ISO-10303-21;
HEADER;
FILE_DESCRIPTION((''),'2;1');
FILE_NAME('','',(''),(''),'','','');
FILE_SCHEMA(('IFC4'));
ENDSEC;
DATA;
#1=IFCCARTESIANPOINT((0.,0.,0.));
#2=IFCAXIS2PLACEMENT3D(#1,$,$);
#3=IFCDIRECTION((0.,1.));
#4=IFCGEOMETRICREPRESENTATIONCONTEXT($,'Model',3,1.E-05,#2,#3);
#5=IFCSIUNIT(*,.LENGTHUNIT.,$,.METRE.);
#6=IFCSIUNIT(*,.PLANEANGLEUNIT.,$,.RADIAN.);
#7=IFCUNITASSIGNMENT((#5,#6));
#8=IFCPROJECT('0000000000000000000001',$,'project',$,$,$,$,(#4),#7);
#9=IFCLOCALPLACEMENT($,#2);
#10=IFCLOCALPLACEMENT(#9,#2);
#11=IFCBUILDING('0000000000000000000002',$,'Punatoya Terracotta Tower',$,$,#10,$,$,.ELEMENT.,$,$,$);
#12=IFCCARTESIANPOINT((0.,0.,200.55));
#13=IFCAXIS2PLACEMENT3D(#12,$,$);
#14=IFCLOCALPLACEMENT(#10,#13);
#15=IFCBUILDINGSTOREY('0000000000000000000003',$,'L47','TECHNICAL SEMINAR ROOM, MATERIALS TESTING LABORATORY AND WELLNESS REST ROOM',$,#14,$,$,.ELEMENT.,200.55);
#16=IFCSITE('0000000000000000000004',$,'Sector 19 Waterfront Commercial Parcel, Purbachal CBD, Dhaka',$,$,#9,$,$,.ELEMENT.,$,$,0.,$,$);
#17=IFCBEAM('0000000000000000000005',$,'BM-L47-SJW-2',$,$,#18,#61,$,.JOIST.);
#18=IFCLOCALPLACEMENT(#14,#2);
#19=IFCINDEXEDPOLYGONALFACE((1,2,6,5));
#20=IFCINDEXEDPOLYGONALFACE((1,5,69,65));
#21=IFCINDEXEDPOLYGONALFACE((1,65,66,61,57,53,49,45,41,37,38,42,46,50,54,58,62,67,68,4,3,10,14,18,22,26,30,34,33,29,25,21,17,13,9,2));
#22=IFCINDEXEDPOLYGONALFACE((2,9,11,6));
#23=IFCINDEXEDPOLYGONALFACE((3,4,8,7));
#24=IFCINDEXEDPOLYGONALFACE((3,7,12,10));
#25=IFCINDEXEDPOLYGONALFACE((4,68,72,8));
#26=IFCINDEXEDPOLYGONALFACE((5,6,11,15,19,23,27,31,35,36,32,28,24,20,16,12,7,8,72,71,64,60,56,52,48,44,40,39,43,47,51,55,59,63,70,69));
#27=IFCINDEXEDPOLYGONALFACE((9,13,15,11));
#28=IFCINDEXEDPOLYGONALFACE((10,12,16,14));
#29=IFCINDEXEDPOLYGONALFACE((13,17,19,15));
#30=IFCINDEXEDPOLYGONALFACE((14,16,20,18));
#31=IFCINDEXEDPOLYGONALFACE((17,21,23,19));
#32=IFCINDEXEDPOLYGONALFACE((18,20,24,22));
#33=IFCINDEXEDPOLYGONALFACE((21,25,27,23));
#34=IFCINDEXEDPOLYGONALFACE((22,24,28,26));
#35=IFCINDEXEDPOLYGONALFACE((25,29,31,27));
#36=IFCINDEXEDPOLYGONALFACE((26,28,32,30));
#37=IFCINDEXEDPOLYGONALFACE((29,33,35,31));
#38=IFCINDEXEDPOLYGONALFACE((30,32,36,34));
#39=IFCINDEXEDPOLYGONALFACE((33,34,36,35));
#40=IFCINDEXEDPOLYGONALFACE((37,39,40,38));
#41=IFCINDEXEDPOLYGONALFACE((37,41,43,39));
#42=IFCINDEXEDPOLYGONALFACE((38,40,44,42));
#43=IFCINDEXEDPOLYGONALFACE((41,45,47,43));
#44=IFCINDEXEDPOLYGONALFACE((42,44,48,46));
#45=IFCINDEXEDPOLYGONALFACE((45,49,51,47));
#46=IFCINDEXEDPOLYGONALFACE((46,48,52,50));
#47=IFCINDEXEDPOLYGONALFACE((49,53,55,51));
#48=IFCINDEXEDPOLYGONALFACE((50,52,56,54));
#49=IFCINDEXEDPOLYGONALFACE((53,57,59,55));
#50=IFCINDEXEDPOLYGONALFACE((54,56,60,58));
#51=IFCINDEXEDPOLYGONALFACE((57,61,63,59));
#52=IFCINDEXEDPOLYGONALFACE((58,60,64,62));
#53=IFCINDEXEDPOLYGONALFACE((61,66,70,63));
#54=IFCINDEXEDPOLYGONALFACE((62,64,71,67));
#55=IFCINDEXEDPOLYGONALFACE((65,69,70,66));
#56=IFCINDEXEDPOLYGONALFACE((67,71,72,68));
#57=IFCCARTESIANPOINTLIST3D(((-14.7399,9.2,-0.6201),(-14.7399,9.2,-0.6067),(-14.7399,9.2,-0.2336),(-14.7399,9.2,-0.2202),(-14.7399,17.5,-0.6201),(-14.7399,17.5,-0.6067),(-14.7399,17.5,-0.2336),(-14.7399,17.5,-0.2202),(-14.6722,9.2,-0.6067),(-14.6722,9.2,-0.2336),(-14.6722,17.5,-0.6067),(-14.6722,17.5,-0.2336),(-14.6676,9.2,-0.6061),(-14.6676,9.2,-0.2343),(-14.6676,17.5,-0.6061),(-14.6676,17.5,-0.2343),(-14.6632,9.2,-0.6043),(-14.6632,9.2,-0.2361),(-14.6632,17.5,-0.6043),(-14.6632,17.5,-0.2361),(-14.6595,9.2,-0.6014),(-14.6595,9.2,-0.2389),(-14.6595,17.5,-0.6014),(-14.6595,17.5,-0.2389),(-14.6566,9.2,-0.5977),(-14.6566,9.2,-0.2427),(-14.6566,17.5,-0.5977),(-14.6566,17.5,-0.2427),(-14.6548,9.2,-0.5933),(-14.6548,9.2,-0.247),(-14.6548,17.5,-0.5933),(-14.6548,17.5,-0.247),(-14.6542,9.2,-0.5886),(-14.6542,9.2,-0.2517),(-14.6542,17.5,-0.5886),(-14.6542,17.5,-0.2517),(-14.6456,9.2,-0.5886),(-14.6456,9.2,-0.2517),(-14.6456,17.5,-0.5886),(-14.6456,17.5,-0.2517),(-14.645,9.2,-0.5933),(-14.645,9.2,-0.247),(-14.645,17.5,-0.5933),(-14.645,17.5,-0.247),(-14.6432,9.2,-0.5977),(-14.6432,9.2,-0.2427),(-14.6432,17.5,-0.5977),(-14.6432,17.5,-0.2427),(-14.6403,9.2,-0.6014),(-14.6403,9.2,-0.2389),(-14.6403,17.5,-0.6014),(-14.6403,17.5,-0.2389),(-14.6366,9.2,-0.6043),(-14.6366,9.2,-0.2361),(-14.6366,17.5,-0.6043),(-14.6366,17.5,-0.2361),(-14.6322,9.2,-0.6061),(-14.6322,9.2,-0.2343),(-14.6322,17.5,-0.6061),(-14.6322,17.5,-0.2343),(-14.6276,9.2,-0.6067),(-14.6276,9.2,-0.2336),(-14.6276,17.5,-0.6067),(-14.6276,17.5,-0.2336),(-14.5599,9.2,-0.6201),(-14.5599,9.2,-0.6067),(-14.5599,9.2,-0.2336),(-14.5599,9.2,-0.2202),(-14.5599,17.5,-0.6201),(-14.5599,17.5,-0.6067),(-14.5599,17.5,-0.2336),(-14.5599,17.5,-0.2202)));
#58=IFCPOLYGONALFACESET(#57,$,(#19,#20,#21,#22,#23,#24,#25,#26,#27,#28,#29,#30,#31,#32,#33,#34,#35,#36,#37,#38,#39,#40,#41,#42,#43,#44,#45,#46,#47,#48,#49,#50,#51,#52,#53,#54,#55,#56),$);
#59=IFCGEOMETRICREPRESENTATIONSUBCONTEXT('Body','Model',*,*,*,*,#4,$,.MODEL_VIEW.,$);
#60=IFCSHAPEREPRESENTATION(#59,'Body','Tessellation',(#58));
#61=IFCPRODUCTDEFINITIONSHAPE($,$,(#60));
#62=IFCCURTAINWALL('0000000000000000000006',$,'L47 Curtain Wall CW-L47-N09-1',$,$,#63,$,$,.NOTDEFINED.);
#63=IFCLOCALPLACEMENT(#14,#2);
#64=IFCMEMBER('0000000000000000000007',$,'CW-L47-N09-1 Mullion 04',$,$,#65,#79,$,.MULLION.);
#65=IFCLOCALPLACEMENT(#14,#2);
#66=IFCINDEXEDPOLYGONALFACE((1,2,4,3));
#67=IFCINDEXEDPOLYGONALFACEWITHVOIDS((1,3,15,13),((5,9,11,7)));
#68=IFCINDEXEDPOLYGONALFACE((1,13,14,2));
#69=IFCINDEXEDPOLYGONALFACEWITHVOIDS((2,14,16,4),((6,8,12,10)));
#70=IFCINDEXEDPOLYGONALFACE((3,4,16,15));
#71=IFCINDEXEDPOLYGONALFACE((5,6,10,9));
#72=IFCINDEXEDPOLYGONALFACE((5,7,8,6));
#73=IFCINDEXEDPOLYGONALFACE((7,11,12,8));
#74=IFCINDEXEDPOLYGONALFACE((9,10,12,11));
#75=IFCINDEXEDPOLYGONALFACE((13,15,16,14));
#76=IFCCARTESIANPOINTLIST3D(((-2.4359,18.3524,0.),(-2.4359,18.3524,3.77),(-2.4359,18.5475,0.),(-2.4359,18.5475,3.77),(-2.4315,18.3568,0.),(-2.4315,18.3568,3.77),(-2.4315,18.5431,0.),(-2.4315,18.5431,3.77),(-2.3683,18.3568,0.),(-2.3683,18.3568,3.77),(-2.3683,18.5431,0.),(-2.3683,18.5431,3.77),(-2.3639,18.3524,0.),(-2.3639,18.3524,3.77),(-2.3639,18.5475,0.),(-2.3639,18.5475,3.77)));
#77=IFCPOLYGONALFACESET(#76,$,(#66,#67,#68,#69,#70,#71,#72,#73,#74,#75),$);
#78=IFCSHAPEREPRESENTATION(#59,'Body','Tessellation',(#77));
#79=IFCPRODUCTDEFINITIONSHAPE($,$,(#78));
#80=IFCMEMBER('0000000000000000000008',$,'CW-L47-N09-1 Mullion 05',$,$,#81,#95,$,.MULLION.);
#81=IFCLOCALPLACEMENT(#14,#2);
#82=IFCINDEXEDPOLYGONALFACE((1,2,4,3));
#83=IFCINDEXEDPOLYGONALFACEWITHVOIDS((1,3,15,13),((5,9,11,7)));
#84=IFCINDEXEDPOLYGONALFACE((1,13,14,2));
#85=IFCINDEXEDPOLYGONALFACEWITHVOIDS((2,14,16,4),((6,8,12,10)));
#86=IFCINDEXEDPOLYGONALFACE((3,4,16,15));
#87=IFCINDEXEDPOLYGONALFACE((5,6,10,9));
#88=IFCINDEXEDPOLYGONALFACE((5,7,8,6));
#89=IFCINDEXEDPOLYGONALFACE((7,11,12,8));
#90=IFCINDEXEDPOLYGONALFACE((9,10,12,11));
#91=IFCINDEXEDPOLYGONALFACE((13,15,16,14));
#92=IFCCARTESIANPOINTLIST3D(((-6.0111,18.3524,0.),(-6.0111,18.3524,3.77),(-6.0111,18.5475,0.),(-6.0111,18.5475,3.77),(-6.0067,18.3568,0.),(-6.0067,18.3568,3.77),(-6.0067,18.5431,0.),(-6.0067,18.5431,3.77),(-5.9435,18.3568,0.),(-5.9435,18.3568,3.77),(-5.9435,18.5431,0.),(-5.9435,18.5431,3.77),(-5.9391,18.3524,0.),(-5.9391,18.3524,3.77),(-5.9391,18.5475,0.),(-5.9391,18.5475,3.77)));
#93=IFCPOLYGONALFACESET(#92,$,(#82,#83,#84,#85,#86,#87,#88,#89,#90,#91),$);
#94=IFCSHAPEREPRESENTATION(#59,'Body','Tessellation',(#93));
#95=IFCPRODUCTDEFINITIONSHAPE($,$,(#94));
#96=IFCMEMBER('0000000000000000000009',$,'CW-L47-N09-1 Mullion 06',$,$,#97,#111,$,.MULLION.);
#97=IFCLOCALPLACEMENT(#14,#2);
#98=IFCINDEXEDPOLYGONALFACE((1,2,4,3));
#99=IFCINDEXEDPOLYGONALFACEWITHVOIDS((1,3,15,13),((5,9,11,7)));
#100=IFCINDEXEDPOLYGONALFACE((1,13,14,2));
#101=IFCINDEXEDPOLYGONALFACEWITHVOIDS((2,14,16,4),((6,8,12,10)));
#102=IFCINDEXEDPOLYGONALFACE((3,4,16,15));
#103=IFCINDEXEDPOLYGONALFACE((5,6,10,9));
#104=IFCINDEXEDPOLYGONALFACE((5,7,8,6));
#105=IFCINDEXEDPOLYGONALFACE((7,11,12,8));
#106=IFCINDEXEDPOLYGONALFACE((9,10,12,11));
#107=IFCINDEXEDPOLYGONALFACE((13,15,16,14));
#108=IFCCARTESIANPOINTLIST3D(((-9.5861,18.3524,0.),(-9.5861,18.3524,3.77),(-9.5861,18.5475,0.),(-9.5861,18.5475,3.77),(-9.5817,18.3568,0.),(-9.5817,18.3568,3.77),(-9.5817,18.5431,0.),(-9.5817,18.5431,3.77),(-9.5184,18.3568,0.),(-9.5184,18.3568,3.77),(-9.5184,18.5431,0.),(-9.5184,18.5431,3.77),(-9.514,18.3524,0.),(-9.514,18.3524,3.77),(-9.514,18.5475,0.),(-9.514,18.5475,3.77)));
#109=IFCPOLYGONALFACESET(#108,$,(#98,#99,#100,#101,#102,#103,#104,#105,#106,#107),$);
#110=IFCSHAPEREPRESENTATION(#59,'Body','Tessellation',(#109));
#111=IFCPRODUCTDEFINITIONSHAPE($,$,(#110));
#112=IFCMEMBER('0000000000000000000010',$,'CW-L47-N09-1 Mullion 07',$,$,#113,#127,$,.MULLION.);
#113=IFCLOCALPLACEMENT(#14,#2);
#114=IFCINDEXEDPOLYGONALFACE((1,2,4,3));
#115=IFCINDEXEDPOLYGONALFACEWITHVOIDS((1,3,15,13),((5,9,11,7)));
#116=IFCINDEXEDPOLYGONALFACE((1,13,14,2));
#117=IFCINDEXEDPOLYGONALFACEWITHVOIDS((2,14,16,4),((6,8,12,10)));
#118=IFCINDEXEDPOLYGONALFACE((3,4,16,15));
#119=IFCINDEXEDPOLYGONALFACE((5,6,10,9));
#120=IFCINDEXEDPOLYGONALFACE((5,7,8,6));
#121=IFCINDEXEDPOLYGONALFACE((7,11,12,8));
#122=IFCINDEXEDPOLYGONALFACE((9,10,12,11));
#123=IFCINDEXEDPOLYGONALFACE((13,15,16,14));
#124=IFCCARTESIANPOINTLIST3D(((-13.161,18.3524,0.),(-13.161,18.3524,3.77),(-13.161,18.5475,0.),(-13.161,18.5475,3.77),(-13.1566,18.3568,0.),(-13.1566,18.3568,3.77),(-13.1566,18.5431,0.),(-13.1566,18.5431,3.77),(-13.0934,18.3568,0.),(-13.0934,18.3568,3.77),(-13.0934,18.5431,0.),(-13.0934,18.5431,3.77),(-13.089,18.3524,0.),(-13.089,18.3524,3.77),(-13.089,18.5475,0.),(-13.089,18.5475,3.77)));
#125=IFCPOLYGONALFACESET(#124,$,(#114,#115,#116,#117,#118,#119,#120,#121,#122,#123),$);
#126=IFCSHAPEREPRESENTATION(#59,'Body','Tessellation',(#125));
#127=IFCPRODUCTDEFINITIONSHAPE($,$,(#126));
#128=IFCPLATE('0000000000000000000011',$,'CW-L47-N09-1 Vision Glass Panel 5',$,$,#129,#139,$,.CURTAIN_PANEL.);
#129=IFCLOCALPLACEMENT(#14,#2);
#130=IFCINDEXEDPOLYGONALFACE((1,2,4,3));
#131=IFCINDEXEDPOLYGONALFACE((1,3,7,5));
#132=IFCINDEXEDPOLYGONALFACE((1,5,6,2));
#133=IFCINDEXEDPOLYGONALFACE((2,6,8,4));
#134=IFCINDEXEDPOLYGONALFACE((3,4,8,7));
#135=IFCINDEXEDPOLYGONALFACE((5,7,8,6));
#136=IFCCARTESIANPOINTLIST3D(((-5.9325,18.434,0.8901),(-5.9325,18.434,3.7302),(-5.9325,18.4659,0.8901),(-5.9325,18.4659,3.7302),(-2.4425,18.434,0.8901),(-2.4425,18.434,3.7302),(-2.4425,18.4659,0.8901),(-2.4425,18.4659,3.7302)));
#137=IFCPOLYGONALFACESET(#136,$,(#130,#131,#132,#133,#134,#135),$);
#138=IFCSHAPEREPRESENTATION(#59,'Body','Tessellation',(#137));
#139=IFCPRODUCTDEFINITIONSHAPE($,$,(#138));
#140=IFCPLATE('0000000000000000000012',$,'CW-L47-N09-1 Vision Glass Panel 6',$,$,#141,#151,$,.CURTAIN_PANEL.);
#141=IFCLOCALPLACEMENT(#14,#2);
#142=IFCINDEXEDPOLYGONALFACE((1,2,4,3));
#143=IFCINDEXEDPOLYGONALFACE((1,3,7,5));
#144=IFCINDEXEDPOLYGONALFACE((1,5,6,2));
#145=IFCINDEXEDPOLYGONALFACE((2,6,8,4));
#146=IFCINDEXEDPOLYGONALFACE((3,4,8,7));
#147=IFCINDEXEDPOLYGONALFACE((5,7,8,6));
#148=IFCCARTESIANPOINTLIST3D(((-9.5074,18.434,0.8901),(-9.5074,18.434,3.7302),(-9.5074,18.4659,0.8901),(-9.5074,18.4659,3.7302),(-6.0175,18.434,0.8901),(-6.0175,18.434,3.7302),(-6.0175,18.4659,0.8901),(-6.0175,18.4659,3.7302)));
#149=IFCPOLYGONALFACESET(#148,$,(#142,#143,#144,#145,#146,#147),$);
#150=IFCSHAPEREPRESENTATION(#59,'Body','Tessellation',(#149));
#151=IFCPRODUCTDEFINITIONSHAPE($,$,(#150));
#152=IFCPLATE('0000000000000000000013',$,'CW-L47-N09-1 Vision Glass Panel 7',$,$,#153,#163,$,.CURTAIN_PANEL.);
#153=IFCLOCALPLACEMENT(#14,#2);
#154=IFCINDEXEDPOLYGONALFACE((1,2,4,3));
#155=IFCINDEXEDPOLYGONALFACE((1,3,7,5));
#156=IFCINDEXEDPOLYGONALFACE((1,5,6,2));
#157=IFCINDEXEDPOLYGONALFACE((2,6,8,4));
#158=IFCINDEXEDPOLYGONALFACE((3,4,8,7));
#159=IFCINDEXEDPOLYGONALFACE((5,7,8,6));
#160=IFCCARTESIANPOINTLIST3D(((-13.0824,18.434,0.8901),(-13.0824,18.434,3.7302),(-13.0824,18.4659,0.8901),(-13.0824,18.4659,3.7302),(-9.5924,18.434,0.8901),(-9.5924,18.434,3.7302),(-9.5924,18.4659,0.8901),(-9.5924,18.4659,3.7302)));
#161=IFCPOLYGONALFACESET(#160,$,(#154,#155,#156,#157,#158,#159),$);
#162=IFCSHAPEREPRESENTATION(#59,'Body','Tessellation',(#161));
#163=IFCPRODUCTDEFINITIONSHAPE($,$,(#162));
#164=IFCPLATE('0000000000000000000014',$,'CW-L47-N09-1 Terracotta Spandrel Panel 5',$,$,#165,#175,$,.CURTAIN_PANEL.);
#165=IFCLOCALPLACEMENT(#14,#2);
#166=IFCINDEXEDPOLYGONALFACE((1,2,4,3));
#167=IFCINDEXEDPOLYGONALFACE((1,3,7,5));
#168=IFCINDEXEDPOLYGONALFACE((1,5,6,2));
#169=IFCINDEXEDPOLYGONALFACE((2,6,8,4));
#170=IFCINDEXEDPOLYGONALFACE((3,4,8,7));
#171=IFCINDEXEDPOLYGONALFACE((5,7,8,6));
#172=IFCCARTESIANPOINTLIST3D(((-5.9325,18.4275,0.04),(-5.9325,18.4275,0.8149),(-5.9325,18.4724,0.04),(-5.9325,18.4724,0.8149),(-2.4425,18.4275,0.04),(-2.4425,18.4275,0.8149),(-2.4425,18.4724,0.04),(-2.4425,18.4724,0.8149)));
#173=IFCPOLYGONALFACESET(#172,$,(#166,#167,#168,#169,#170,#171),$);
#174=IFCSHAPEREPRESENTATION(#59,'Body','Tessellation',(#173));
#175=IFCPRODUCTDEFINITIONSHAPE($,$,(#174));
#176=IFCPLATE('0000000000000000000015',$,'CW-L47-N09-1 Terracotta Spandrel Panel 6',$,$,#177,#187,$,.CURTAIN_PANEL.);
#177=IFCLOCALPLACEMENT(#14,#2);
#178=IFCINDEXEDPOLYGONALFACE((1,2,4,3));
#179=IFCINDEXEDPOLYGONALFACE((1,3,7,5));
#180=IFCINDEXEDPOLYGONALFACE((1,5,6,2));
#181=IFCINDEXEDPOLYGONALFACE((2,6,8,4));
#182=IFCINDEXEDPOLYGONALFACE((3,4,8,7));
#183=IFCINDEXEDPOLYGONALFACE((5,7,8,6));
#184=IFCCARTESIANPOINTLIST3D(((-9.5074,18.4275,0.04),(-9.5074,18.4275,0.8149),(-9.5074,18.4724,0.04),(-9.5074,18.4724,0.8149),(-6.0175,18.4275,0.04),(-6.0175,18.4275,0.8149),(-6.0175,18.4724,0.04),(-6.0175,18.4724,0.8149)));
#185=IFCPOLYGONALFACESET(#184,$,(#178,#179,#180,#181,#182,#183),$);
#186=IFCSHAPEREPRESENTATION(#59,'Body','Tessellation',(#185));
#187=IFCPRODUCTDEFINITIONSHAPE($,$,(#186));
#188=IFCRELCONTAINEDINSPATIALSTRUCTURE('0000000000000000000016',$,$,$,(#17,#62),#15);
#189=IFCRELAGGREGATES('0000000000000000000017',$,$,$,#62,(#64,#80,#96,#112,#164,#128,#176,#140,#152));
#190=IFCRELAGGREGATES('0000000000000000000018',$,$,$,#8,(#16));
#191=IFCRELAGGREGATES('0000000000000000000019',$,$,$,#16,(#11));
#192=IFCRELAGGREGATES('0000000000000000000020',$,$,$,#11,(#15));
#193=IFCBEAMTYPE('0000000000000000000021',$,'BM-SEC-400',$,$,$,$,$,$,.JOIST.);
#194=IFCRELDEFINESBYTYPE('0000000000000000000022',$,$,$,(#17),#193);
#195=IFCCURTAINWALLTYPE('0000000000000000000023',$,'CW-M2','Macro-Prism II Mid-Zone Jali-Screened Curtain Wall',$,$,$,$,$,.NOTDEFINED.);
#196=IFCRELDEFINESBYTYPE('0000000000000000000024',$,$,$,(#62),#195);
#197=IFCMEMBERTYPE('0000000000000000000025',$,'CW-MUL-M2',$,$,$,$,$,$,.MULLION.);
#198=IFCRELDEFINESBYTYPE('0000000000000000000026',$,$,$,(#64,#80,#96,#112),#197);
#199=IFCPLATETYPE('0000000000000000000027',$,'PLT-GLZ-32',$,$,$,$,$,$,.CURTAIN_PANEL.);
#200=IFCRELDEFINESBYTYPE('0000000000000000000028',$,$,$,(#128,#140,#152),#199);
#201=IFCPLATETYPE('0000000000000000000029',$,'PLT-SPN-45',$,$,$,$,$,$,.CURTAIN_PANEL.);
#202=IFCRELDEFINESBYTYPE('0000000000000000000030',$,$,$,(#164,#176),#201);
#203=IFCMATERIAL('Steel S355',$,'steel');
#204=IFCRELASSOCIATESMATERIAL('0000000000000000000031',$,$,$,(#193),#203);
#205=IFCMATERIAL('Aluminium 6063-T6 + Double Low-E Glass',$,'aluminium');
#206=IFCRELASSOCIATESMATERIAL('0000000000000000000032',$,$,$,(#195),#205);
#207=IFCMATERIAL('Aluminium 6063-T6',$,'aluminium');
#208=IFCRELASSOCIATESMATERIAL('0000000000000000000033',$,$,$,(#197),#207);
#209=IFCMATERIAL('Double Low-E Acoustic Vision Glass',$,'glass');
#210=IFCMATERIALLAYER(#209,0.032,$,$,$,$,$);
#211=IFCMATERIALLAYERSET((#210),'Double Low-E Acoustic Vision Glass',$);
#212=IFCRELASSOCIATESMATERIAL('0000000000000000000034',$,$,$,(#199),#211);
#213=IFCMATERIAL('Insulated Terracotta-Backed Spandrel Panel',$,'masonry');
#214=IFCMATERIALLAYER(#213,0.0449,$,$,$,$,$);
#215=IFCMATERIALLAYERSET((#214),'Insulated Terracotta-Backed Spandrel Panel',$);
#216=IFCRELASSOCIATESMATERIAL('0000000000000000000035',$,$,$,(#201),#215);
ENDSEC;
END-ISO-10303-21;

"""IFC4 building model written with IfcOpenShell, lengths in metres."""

from ifc_helpers import new_model, si_unit, direction, frame, origin, origin_2d, place, context, subcontext, project, spatial, rectangle, hollow_rectangle, i_section, extrude, material, layer, layer_set, material_profile, profile_set, type_object, element, aggregate, save


model = new_model("IFC4")

# Units and contexts
model_context = context("Model", 3, precision=1e-05, world=origin(), true_north=direction((0.0, 1.0)))
body_context = subcontext(model_context, "Body", "Model", "MODEL_VIEW")
ifc_project = project(units=[si_unit("LENGTHUNIT", "METRE"), si_unit("PLANEANGLEUNIT", "RADIAN")], contexts=[model_context])

# Site, building, storey
site_placement = place(None, origin())
site = spatial("IfcSite", under=ifc_project, at=site_placement, Name="Sector 19 Waterfront Commercial Parcel, Purbachal CBD, Dhaka", CompositionType="ELEMENT", RefElevation=0.0)
building_placement = place(site_placement, origin())
building = spatial("IfcBuilding", under=site, at=building_placement, Name="Punatoya Terracotta Tower", CompositionType="ELEMENT")
storey_placement = place(building_placement, frame((0.0, 0.0, 200.55)))
storey = spatial("IfcBuildingStorey", under=building, at=storey_placement, Name="L47", Description="TECHNICAL SEMINAR ROOM, MATERIALS TESTING LABORATORY AND WELLNESS REST ROOM", CompositionType="ELEMENT", Elevation=200.55)

# Beam
ifc_material_1 = material(Name="Steel S355", Category="steel")
ifc_material_profile_1 = material_profile(ifc_material_1, i_section(OverallWidth=0.1799, OverallDepth=0.3999, WebThickness=0.0085, FlangeThickness=0.0134, FilletRadius=0.0181, at=origin_2d()))
ifc_profile_set_1 = profile_set([ifc_material_profile_1], Name="Steel S355")
beam_type_1 = type_object("IfcBeamType", Name="BM-SEC-400", PredefinedType="JOIST", material=ifc_profile_set_1)
beam_1_placement = place(storey_placement, frame((-14.6499, 9.2, -0.4202), z_axis=(0.0, 1.0, 0.0), x_axis=(-1.0, 0.0, 0.0)))
element("IfcBeam", 1, at=beam_1_placement, inside=storey, type_object=beam_type_1, Name="BM-L47-SJW-2", PredefinedType="JOIST", context=body_context, shape_type="SweptSolid", body=[
    extrude(i_section(OverallWidth=0.1799, OverallDepth=0.3999, WebThickness=0.0085, FlangeThickness=0.0134, FilletRadius=0.0181, at=origin_2d()), origin(), (0.0, 0.0, 1.0), 8.3),
])

# Curtain wall, members, plates
ifc_material_2 = material(Name="Aluminium 6063-T6 + Double Low-E Glass", Category="aluminium")
curtain_wall_type = type_object("IfcCurtainWallType", Name="CW-M2", Description="Macro-Prism II Mid-Zone Jali-Screened Curtain Wall", PredefinedType="NOTDEFINED", material=ifc_material_2)
curtain_wall_placement = place(storey_placement, origin())
curtain_wall = element("IfcCurtainWall", 2, at=curtain_wall_placement, inside=storey, type_object=curtain_wall_type, Name="L47 Curtain Wall CW-L47-N09-1", PredefinedType="NOTDEFINED")
ifc_material_3 = material(Name="Aluminium 6063-T6", Category="aluminium")
ifc_material_profile_2 = material_profile(ifc_material_3, hollow_rectangle(XDim=0.072, YDim=0.1951, WallThickness=0.0044, at=origin_2d()))
ifc_profile_set_2 = profile_set([ifc_material_profile_2], Name="Aluminium 6063-T6")
member_type = type_object("IfcMemberType", Name="CW-MUL-M2", PredefinedType="MULLION", material=ifc_profile_set_2)
member_1_placement = place(storey_placement, frame((-2.3999, 18.45, 0.0), z_axis=(0.0, 0.0, 1.0), x_axis=(1.0, 0.0, 0.0)))
member_1 = element("IfcMember", 3, at=member_1_placement, type_object=member_type, Name="CW-L47-N09-1 Mullion 04", PredefinedType="MULLION", context=body_context, shape_type="SweptSolid", body=[
    extrude(hollow_rectangle(XDim=0.072, YDim=0.1951, WallThickness=0.0044, at=origin_2d()), origin(), (0.0, 0.0, 1.0), 3.77),
])
member_2_placement = place(storey_placement, frame((-5.9751, 18.45, 0.0), z_axis=(0.0, 0.0, 1.0), x_axis=(1.0, 0.0, 0.0)))
member_2 = element("IfcMember", 4, at=member_2_placement, type_object=member_type, Name="CW-L47-N09-1 Mullion 05", PredefinedType="MULLION", context=body_context, shape_type="SweptSolid", body=[
    extrude(hollow_rectangle(XDim=0.072, YDim=0.1951, WallThickness=0.0044, at=origin_2d()), origin(), (0.0, 0.0, 1.0), 3.77),
])
member_3_placement = place(storey_placement, frame((-9.55, 18.45, 0.0), z_axis=(0.0, 0.0, 1.0), x_axis=(1.0, 0.0, 0.0)))
member_3 = element("IfcMember", 5, at=member_3_placement, type_object=member_type, Name="CW-L47-N09-1 Mullion 06", PredefinedType="MULLION", context=body_context, shape_type="SweptSolid", body=[
    extrude(hollow_rectangle(XDim=0.072, YDim=0.1951, WallThickness=0.0044, at=origin_2d()), origin(), (0.0, 0.0, 1.0), 3.77),
])
member_4_placement = place(storey_placement, frame((-13.125, 18.45, 0.0), z_axis=(0.0, 0.0, 1.0), x_axis=(1.0, 0.0, 0.0)))
member_4 = element("IfcMember", 6, at=member_4_placement, type_object=member_type, Name="CW-L47-N09-1 Mullion 07", PredefinedType="MULLION", context=body_context, shape_type="SweptSolid", body=[
    extrude(hollow_rectangle(XDim=0.072, YDim=0.1951, WallThickness=0.0044, at=origin_2d()), origin(), (0.0, 0.0, 1.0), 3.77),
])
ifc_material_4 = material(Name="Double Low-E Acoustic Vision Glass", Category="glass")
ifc_layer_1 = layer(ifc_material_4, 0.032)
ifc_layer_set_1 = layer_set([ifc_layer_1], Name="Double Low-E Acoustic Vision Glass")
plate_type_1 = type_object("IfcPlateType", Name="PLT-GLZ-32", PredefinedType="CURTAIN_PANEL", material=ifc_layer_set_1)
plate_1_placement = place(storey_placement, frame((-4.1875, 18.45, 0.8901), z_axis=(0.0, 0.0, 1.0), x_axis=(-1.0, 0.0, 0.0)))
plate_1 = element("IfcPlate", 7, at=plate_1_placement, type_object=plate_type_1, Name="CW-L47-N09-1 Vision Glass Panel 5", PredefinedType="CURTAIN_PANEL", context=body_context, shape_type="SweptSolid", body=[
    extrude(rectangle(XDim=3.49, YDim=0.032, at=origin_2d()), origin(), (0.0, 0.0, 1.0), 2.8401),
])
plate_2_placement = place(storey_placement, frame((-7.7625, 18.45, 0.8901), z_axis=(0.0, 0.0, 1.0), x_axis=(-1.0, 0.0, 0.0)))
plate_2 = element("IfcPlate", 8, at=plate_2_placement, type_object=plate_type_1, Name="CW-L47-N09-1 Vision Glass Panel 6", PredefinedType="CURTAIN_PANEL", context=body_context, shape_type="SweptSolid", body=[
    extrude(rectangle(XDim=3.49, YDim=0.032, at=origin_2d()), origin(), (0.0, 0.0, 1.0), 2.8401),
])
plate_3_placement = place(storey_placement, frame((-11.3374, 18.45, 0.8901), z_axis=(0.0, 0.0, 1.0), x_axis=(-1.0, 0.0, 0.0)))
plate_3 = element("IfcPlate", 9, at=plate_3_placement, type_object=plate_type_1, Name="CW-L47-N09-1 Vision Glass Panel 7", PredefinedType="CURTAIN_PANEL", context=body_context, shape_type="SweptSolid", body=[
    extrude(rectangle(XDim=3.49, YDim=0.032, at=origin_2d()), origin(), (0.0, 0.0, 1.0), 2.8401),
])
ifc_material_5 = material(Name="Insulated Terracotta-Backed Spandrel Panel", Category="masonry")
ifc_layer_2 = layer(ifc_material_5, 0.0449)
ifc_layer_set_2 = layer_set([ifc_layer_2], Name="Insulated Terracotta-Backed Spandrel Panel")
plate_type_2 = type_object("IfcPlateType", Name="PLT-SPN-45", PredefinedType="CURTAIN_PANEL", material=ifc_layer_set_2)
plate_4_placement = place(storey_placement, frame((-4.1875, 18.45, 0.04), z_axis=(0.0, 0.0, 1.0), x_axis=(-1.0, 0.0, 0.0)))
plate_4 = element("IfcPlate", 10, at=plate_4_placement, type_object=plate_type_2, Name="CW-L47-N09-1 Terracotta Spandrel Panel 5", PredefinedType="CURTAIN_PANEL", context=body_context, shape_type="SweptSolid", body=[
    extrude(rectangle(XDim=3.49, YDim=0.0449, at=origin_2d()), origin(), (0.0, 0.0, 1.0), 0.7749),
])
plate_5_placement = place(storey_placement, frame((-7.7625, 18.45, 0.04), z_axis=(0.0, 0.0, 1.0), x_axis=(-1.0, 0.0, 0.0)))
plate_5 = element("IfcPlate", 11, at=plate_5_placement, type_object=plate_type_2, Name="CW-L47-N09-1 Terracotta Spandrel Panel 6", PredefinedType="CURTAIN_PANEL", context=body_context, shape_type="SweptSolid", body=[
    extrude(rectangle(XDim=3.49, YDim=0.0449, at=origin_2d()), origin(), (0.0, 0.0, 1.0), 0.7749),
])
aggregate(curtain_wall, [member_1, member_2, member_3, member_4, plate_4, plate_1, plate_5, plate_2, plate_3])

save(model, "model.ifc")
